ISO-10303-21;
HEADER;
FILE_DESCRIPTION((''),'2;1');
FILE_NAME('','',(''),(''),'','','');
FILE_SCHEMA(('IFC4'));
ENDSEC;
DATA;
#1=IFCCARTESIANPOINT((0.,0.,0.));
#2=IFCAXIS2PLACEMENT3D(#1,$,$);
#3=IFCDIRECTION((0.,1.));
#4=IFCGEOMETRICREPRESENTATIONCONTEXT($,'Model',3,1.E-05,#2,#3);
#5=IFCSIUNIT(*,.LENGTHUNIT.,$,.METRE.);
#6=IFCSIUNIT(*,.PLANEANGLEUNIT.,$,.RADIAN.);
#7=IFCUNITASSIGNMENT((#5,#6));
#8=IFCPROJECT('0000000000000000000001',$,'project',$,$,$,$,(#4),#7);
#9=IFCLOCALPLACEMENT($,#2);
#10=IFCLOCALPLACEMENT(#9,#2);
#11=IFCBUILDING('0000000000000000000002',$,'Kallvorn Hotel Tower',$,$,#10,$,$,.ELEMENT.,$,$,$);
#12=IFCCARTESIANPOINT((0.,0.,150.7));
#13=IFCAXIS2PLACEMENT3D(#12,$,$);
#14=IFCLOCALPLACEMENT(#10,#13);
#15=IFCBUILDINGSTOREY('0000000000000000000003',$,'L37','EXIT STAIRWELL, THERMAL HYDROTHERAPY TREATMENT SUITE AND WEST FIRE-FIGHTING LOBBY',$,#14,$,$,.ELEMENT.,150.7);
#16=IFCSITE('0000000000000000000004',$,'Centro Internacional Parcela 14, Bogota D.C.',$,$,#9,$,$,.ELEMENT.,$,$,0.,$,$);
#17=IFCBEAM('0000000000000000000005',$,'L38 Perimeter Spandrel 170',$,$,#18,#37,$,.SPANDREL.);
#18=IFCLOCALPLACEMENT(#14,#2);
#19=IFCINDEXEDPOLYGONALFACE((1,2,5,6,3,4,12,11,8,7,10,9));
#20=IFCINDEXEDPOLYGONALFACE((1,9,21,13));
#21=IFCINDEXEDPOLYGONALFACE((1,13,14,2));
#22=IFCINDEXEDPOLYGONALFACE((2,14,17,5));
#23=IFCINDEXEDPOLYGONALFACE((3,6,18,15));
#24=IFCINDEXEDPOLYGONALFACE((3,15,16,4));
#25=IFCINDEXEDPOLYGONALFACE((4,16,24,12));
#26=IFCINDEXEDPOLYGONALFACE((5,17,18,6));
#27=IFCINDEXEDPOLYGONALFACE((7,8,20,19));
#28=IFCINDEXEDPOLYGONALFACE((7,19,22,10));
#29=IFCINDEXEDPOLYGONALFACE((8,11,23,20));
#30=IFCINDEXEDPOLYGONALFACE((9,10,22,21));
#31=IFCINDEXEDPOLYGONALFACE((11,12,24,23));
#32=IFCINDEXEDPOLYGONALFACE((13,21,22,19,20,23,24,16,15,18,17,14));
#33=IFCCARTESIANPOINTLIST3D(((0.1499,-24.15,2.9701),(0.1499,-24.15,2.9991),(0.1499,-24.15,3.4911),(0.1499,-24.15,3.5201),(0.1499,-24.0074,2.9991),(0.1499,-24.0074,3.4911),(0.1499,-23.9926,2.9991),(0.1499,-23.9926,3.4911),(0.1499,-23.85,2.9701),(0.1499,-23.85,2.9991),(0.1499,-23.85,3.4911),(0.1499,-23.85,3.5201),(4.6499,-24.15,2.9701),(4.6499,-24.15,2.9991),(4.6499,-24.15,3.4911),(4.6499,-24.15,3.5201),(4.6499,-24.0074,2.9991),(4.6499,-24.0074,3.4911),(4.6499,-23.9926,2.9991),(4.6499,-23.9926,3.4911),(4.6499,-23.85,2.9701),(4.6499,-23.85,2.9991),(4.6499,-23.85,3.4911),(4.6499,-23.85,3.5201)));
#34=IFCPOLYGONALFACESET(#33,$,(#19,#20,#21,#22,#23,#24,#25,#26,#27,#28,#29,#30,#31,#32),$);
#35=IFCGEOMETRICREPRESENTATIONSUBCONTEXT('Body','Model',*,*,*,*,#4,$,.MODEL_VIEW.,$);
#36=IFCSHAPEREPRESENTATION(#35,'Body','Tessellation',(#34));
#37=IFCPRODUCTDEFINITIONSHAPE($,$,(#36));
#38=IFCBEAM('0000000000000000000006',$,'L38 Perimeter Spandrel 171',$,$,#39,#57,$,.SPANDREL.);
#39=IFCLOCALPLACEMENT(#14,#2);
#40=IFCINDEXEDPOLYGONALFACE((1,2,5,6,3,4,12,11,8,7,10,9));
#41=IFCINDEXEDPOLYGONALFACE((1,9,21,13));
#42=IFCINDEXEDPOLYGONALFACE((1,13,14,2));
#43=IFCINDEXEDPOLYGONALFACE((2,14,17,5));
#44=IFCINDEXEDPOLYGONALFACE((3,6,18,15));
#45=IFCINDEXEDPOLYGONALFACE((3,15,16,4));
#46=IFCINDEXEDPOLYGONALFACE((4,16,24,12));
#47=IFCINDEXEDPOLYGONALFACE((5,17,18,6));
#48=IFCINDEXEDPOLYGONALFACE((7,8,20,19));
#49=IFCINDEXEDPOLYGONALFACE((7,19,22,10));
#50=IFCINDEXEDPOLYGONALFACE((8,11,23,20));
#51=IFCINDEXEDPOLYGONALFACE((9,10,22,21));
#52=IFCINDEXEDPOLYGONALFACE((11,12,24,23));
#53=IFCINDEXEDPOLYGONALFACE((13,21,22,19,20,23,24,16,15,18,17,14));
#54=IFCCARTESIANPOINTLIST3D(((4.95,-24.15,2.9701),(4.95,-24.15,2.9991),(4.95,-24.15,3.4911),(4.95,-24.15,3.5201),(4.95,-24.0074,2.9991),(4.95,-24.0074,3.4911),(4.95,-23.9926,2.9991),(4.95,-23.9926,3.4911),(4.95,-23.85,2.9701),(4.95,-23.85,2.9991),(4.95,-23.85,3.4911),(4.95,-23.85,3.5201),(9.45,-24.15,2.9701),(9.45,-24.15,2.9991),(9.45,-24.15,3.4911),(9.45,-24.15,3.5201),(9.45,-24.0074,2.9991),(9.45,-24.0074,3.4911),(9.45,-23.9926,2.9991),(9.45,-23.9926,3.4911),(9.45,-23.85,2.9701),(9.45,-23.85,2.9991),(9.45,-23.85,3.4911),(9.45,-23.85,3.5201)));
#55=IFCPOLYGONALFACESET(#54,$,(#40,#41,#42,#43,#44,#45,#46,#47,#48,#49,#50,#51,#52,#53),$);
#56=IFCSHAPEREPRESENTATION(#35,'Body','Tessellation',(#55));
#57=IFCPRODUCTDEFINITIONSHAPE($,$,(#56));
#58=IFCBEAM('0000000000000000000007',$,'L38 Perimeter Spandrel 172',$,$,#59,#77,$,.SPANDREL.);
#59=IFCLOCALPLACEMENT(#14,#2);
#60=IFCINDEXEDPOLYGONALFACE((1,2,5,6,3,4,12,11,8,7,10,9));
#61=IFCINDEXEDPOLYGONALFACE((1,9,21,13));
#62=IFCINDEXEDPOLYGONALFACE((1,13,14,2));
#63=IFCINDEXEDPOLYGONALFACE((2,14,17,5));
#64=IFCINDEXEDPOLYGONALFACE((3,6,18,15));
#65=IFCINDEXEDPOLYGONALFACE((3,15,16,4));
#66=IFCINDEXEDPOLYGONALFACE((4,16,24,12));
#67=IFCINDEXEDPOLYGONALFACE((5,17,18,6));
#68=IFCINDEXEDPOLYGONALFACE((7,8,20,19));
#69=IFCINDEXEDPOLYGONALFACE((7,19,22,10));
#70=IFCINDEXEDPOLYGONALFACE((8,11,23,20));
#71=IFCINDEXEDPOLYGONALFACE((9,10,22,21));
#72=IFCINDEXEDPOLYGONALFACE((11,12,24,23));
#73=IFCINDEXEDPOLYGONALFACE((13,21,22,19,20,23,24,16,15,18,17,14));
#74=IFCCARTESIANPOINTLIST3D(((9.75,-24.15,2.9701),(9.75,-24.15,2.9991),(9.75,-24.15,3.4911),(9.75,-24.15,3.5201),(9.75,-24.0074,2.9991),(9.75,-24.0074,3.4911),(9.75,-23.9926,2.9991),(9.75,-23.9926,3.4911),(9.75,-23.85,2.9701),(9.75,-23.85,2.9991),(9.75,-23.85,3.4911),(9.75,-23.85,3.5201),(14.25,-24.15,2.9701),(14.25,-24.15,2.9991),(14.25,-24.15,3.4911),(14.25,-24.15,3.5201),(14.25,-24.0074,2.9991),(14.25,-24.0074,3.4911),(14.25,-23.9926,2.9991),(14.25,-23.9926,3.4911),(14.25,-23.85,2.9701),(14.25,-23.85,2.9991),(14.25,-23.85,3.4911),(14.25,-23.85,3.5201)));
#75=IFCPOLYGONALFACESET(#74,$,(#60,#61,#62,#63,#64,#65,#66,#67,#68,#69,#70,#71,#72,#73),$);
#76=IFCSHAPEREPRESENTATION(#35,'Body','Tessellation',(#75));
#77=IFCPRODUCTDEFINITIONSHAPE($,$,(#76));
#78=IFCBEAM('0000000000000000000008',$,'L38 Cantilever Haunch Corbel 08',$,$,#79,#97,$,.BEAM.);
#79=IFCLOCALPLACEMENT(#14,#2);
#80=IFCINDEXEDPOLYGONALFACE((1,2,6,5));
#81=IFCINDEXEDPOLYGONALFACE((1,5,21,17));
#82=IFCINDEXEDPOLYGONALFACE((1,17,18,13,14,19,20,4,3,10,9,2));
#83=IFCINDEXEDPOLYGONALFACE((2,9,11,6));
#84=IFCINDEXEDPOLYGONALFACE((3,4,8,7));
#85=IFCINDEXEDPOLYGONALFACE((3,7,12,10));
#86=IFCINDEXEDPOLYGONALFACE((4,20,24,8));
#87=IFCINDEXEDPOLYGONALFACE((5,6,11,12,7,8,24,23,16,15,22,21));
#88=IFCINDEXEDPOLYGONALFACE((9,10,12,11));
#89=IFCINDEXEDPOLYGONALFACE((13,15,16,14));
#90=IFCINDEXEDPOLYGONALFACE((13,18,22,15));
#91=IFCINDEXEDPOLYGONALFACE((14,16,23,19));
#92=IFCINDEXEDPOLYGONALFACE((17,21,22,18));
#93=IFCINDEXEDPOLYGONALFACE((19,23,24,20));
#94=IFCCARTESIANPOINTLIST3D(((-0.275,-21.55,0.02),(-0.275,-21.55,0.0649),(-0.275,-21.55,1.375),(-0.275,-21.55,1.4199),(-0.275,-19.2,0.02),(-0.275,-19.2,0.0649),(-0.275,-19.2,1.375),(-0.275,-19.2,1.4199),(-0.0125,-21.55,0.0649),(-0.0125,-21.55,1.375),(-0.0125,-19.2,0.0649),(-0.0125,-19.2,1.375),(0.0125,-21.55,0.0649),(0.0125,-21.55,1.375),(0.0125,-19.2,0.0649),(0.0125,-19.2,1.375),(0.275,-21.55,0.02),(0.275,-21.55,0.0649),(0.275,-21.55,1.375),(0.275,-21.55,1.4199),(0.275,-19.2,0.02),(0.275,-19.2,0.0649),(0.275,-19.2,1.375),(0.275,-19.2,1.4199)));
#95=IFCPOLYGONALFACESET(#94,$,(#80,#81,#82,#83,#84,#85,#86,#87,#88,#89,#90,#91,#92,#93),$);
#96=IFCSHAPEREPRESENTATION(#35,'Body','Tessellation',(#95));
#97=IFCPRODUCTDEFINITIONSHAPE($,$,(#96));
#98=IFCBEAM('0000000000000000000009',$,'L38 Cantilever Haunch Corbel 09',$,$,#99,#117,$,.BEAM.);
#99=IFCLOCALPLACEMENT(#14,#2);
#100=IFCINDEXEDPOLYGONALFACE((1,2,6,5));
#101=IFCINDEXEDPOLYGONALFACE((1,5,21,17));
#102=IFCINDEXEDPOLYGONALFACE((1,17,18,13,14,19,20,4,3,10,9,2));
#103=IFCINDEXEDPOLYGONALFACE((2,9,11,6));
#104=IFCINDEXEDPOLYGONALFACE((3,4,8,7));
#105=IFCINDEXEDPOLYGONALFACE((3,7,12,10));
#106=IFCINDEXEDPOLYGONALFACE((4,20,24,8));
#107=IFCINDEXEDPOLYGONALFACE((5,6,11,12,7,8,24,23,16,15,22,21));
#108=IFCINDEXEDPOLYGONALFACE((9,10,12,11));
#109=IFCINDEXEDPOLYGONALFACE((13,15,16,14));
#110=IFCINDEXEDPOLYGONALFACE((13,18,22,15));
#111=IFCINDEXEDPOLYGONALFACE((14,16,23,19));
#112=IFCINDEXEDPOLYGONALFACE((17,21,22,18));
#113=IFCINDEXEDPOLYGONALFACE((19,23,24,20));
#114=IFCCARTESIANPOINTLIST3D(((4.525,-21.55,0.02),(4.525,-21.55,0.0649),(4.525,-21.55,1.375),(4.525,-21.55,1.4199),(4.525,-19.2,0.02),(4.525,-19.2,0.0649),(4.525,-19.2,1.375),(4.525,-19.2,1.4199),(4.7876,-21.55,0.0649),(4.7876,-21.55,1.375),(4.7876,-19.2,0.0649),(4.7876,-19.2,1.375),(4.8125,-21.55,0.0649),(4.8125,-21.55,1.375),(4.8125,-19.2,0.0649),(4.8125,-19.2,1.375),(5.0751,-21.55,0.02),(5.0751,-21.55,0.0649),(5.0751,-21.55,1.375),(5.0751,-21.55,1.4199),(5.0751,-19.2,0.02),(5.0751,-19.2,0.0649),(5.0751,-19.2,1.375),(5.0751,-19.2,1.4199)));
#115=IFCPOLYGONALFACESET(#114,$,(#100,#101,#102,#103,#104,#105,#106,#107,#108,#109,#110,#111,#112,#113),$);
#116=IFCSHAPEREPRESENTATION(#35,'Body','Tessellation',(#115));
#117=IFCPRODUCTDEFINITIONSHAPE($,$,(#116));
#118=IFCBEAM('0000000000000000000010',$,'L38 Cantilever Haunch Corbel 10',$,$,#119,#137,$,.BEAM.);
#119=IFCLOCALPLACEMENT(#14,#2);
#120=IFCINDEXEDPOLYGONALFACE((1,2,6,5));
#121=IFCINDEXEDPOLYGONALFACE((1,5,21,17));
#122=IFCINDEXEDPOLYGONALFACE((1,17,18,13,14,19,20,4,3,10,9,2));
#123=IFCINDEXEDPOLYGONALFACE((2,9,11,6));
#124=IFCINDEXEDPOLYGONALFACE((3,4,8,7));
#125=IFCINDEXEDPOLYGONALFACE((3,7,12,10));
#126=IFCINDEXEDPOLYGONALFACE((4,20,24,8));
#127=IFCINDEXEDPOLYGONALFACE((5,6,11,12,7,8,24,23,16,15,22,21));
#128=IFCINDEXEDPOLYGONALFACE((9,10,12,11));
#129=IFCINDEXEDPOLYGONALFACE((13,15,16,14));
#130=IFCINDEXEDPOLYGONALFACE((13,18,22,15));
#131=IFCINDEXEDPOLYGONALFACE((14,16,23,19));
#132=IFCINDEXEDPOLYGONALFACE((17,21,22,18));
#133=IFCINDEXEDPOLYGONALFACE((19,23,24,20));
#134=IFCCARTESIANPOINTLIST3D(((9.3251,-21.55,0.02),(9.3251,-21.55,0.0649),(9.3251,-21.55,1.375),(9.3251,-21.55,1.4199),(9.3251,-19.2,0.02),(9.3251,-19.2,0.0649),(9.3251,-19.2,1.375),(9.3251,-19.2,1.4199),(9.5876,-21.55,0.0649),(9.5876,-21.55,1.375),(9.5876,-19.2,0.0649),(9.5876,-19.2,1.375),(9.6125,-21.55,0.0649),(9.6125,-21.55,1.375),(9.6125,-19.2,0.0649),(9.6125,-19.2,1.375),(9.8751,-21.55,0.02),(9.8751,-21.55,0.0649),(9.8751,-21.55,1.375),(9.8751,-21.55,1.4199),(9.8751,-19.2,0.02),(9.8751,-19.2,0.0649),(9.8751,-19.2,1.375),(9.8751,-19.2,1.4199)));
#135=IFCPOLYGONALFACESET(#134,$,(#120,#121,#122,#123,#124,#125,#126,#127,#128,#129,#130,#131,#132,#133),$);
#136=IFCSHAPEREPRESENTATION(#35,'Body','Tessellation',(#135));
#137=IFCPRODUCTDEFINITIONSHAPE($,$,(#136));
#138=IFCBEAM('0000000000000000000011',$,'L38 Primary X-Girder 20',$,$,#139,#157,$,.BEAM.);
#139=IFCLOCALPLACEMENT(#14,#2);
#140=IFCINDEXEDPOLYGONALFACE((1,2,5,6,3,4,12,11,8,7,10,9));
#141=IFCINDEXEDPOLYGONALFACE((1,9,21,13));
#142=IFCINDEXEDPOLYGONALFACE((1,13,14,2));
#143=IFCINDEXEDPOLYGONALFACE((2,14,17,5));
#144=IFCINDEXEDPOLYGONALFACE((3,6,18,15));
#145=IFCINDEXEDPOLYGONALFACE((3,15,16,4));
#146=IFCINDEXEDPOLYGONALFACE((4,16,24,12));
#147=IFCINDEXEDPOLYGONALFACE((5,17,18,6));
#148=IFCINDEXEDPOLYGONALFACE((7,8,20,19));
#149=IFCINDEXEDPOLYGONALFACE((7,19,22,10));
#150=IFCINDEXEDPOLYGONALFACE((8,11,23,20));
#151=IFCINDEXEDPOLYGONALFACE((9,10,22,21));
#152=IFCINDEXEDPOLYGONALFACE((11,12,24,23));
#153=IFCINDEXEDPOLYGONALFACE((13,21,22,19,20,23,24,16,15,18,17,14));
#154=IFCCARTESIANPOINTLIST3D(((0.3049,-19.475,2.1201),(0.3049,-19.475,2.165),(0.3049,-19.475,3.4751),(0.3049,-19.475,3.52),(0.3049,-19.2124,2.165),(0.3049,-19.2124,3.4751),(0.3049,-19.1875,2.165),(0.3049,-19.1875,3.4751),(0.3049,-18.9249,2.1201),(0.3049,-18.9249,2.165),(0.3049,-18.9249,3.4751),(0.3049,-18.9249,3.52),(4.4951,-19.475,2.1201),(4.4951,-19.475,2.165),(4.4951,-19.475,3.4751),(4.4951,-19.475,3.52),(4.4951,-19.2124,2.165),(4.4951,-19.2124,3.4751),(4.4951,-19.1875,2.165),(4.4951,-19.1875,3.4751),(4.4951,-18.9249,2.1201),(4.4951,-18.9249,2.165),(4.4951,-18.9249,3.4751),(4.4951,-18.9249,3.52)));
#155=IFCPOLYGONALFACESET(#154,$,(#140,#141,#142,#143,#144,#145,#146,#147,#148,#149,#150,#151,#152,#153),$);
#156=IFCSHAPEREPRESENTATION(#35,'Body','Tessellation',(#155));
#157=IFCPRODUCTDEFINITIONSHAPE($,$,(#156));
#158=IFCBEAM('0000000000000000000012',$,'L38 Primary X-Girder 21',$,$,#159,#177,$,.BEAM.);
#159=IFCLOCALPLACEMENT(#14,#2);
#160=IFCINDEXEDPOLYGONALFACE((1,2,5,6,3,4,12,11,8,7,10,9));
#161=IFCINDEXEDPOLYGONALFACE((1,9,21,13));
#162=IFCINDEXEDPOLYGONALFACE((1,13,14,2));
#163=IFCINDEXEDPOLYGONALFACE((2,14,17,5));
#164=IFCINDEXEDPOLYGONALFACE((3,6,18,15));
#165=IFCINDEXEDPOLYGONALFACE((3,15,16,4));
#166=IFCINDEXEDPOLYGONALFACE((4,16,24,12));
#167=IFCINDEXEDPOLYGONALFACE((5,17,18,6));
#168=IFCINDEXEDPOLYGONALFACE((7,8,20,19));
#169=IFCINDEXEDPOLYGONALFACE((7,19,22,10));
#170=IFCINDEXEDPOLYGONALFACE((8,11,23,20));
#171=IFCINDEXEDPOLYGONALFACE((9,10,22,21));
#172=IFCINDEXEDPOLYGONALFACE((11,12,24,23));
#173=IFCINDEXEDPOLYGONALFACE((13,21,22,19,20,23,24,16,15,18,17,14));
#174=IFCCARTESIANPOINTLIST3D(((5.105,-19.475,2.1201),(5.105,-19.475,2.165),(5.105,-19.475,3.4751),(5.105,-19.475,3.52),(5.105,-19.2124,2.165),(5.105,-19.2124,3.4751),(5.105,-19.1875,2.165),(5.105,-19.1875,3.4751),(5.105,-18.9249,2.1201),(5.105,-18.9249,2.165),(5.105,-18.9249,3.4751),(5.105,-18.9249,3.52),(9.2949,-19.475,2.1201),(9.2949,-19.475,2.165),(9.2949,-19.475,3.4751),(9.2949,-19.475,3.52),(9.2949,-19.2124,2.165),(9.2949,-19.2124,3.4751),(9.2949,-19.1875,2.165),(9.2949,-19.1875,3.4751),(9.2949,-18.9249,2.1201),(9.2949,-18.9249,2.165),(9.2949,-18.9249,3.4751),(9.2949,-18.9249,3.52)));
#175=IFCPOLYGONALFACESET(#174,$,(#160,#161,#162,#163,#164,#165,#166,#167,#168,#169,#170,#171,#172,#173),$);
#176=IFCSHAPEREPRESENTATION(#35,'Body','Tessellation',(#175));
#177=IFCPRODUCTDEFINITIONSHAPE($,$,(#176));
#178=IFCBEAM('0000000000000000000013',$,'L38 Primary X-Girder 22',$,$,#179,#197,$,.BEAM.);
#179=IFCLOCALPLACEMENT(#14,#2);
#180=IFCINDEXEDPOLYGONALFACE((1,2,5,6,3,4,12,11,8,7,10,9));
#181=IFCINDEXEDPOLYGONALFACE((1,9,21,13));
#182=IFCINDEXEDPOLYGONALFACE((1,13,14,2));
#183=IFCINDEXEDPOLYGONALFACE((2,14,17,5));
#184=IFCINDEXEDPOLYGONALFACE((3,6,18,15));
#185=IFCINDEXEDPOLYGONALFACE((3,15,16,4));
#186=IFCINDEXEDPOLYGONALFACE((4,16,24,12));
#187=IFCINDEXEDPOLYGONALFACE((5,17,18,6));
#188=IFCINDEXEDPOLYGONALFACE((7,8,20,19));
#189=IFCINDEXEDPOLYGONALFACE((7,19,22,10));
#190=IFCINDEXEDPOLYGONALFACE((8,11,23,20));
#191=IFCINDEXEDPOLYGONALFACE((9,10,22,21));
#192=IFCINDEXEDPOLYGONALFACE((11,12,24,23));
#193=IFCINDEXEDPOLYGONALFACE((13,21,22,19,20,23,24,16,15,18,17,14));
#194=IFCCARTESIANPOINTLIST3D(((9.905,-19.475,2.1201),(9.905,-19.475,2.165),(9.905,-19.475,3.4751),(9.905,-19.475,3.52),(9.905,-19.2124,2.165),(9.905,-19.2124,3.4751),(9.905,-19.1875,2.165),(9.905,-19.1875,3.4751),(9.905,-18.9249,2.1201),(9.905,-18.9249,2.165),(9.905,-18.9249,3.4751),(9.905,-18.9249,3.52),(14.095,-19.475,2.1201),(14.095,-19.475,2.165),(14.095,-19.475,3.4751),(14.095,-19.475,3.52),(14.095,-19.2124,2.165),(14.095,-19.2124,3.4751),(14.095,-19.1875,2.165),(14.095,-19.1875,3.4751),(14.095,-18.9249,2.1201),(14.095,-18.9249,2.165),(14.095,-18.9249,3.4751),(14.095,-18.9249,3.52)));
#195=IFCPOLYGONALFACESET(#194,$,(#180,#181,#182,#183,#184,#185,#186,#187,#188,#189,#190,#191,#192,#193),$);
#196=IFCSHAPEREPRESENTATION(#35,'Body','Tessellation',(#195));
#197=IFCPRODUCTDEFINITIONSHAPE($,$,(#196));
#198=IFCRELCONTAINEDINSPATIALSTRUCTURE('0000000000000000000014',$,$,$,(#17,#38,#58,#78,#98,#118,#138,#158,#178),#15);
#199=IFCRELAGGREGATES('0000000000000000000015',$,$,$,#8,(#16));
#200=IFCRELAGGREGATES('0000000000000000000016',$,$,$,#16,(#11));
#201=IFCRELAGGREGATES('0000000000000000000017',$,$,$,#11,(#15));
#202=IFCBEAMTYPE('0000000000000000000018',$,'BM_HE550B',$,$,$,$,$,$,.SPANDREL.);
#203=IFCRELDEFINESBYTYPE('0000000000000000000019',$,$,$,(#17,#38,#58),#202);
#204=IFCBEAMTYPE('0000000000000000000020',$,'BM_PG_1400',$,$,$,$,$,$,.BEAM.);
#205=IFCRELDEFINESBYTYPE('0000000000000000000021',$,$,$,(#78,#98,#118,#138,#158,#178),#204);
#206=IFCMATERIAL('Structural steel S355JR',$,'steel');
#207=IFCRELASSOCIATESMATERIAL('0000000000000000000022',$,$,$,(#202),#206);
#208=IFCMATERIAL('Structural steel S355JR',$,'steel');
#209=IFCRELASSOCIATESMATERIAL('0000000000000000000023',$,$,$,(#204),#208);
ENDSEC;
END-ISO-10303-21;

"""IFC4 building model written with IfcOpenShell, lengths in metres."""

from ifc_helpers import new_model, si_unit, direction, frame, origin, origin_2d, place, context, subcontext, project, spatial, i_section, extrude, material, material_profile, profile_set, type_object, element, save


model = new_model("IFC4")

# Units and contexts
model_context = context("Model", 3, precision=1e-05, world=origin(), true_north=direction((0.0, 1.0)))
body_context = subcontext(model_context, "Body", "Model", "MODEL_VIEW")
ifc_project = project(units=[si_unit("LENGTHUNIT", "METRE"), si_unit("PLANEANGLEUNIT", "RADIAN")], contexts=[model_context])

# Site, building, storey
site_placement = place(None, origin())
site = spatial("IfcSite", under=ifc_project, at=site_placement, Name="Centro Internacional Parcela 14, Bogota D.C.", CompositionType="ELEMENT", RefElevation=0.0)
building_placement = place(site_placement, origin())
building = spatial("IfcBuilding", under=site, at=building_placement, Name="Kallvorn Hotel Tower", CompositionType="ELEMENT")
storey_placement = place(building_placement, frame((0.0, 0.0, 150.7)))
storey = spatial("IfcBuildingStorey", under=building, at=storey_placement, Name="L37", Description="EXIT STAIRWELL, THERMAL HYDROTHERAPY TREATMENT SUITE AND WEST FIRE-FIGHTING LOBBY", CompositionType="ELEMENT", Elevation=150.7)

# Beams
ifc_material_1 = material(Name="Structural steel S355JR", Category="steel")
ifc_material_profile_1 = material_profile(ifc_material_1, i_section(OverallWidth=0.3, OverallDepth=0.55, WebThickness=0.0149, FlangeThickness=0.0291, at=origin_2d()), Name="HE 550 B")
ifc_profile_set_1 = profile_set([ifc_material_profile_1], Name="Structural steel S355JR")
beam_type_1 = type_object("IfcBeamType", Name="BM_HE550B", PredefinedType="SPANDREL", material=ifc_profile_set_1)
for number, where, z_axis, x_axis, name in (
    (1, (0.1499, -24.0, 3.2451), (1.0, 0.0, 0.0), (0.0, 1.0, 0.0), "L38 Perimeter Spandrel 170"),
    (2, (4.95, -24.0, 3.2451), (1.0, 0.0, 0.0), (0.0, 1.0, 0.0), "L38 Perimeter Spandrel 171"),
    (3, (9.75, -24.0, 3.2451), (1.0, 0.0, 0.0), (0.0, 1.0, 0.0), "L38 Perimeter Spandrel 172"),
):
    element("IfcBeam", number, at=place(storey_placement, frame(where, z_axis=z_axis, x_axis=x_axis)), inside=storey, type_object=beam_type_1, Name=name, PredefinedType="SPANDREL", context=body_context, shape_type="SweptSolid", body=[
        extrude(i_section(OverallWidth=0.3, OverallDepth=0.55, WebThickness=0.0149, FlangeThickness=0.0291, at=origin_2d()), origin(), (0.0, 0.0, 1.0), 4.5),
    ])
ifc_material_2 = material(Name="Structural steel S355JR", Category="steel")
ifc_material_profile_2 = material_profile(ifc_material_2, i_section(OverallWidth=0.55, OverallDepth=1.3999, WebThickness=0.0249, FlangeThickness=0.0449, at=origin_2d()), Name="PG 1400x550x25x45")
ifc_profile_set_2 = profile_set([ifc_material_profile_2], Name="Structural steel S355JR")
beam_type_2 = type_object("IfcBeamType", Name="BM_PG_1400", PredefinedType="BEAM", material=ifc_profile_set_2)
for number, where, z_axis, x_axis, name in (
    (4, (0.0, -19.2, 0.72), (0.0, -1.0, 0.0), (1.0, 0.0, 0.0), "L38 Cantilever Haunch Corbel 08"),
    (5, (4.8, -19.2, 0.72), (0.0, -1.0, 0.0), (1.0, 0.0, 0.0), "L38 Cantilever Haunch Corbel 09"),
    (6, (9.6001, -19.2, 0.72), (0.0, -1.0, 0.0), (1.0, 0.0, 0.0), "L38 Cantilever Haunch Corbel 10"),
):
    element("IfcBeam", number, at=place(storey_placement, frame(where, z_axis=z_axis, x_axis=x_axis)), inside=storey, type_object=beam_type_2, Name=name, PredefinedType="BEAM", context=body_context, shape_type="SweptSolid", body=[
        extrude(i_section(OverallWidth=0.55, OverallDepth=1.3999, WebThickness=0.0249, FlangeThickness=0.0449, at=origin_2d()), origin(), (0.0, 0.0, 1.0), 2.3501),
    ])
beam_placement = place(storey_placement, frame((0.3049, -19.2, 2.8201), z_axis=(1.0, 0.0, 0.0), x_axis=(0.0, 1.0, 0.0)))
element("IfcBeam", 7, at=beam_placement, inside=storey, type_object=beam_type_2, Name="L38 Primary X-Girder 20", PredefinedType="BEAM", context=body_context, shape_type="SweptSolid", body=[
    extrude(i_section(OverallWidth=0.55, OverallDepth=1.3999, WebThickness=0.0249, FlangeThickness=0.0449, at=origin_2d()), origin(), (0.0, 0.0, 1.0), 4.1902),
])
for number, where, z_axis, x_axis, name in (
    (8, (5.105, -19.2, 2.8201), (1.0, 0.0, 0.0), (0.0, 1.0, 0.0), "L38 Primary X-Girder 21"),
    (9, (9.905, -19.2, 2.8201), (1.0, 0.0, 0.0), (0.0, 1.0, 0.0), "L38 Primary X-Girder 22"),
):
    element("IfcBeam", number, at=place(storey_placement, frame(where, z_axis=z_axis, x_axis=x_axis)), inside=storey, type_object=beam_type_2, Name=name, PredefinedType="BEAM", context=body_context, shape_type="SweptSolid", body=[
        extrude(i_section(OverallWidth=0.55, OverallDepth=1.3999, WebThickness=0.0249, FlangeThickness=0.0449, at=origin_2d()), origin(), (0.0, 0.0, 1.0), 4.1899),
    ])

save(model, "model.ifc")
